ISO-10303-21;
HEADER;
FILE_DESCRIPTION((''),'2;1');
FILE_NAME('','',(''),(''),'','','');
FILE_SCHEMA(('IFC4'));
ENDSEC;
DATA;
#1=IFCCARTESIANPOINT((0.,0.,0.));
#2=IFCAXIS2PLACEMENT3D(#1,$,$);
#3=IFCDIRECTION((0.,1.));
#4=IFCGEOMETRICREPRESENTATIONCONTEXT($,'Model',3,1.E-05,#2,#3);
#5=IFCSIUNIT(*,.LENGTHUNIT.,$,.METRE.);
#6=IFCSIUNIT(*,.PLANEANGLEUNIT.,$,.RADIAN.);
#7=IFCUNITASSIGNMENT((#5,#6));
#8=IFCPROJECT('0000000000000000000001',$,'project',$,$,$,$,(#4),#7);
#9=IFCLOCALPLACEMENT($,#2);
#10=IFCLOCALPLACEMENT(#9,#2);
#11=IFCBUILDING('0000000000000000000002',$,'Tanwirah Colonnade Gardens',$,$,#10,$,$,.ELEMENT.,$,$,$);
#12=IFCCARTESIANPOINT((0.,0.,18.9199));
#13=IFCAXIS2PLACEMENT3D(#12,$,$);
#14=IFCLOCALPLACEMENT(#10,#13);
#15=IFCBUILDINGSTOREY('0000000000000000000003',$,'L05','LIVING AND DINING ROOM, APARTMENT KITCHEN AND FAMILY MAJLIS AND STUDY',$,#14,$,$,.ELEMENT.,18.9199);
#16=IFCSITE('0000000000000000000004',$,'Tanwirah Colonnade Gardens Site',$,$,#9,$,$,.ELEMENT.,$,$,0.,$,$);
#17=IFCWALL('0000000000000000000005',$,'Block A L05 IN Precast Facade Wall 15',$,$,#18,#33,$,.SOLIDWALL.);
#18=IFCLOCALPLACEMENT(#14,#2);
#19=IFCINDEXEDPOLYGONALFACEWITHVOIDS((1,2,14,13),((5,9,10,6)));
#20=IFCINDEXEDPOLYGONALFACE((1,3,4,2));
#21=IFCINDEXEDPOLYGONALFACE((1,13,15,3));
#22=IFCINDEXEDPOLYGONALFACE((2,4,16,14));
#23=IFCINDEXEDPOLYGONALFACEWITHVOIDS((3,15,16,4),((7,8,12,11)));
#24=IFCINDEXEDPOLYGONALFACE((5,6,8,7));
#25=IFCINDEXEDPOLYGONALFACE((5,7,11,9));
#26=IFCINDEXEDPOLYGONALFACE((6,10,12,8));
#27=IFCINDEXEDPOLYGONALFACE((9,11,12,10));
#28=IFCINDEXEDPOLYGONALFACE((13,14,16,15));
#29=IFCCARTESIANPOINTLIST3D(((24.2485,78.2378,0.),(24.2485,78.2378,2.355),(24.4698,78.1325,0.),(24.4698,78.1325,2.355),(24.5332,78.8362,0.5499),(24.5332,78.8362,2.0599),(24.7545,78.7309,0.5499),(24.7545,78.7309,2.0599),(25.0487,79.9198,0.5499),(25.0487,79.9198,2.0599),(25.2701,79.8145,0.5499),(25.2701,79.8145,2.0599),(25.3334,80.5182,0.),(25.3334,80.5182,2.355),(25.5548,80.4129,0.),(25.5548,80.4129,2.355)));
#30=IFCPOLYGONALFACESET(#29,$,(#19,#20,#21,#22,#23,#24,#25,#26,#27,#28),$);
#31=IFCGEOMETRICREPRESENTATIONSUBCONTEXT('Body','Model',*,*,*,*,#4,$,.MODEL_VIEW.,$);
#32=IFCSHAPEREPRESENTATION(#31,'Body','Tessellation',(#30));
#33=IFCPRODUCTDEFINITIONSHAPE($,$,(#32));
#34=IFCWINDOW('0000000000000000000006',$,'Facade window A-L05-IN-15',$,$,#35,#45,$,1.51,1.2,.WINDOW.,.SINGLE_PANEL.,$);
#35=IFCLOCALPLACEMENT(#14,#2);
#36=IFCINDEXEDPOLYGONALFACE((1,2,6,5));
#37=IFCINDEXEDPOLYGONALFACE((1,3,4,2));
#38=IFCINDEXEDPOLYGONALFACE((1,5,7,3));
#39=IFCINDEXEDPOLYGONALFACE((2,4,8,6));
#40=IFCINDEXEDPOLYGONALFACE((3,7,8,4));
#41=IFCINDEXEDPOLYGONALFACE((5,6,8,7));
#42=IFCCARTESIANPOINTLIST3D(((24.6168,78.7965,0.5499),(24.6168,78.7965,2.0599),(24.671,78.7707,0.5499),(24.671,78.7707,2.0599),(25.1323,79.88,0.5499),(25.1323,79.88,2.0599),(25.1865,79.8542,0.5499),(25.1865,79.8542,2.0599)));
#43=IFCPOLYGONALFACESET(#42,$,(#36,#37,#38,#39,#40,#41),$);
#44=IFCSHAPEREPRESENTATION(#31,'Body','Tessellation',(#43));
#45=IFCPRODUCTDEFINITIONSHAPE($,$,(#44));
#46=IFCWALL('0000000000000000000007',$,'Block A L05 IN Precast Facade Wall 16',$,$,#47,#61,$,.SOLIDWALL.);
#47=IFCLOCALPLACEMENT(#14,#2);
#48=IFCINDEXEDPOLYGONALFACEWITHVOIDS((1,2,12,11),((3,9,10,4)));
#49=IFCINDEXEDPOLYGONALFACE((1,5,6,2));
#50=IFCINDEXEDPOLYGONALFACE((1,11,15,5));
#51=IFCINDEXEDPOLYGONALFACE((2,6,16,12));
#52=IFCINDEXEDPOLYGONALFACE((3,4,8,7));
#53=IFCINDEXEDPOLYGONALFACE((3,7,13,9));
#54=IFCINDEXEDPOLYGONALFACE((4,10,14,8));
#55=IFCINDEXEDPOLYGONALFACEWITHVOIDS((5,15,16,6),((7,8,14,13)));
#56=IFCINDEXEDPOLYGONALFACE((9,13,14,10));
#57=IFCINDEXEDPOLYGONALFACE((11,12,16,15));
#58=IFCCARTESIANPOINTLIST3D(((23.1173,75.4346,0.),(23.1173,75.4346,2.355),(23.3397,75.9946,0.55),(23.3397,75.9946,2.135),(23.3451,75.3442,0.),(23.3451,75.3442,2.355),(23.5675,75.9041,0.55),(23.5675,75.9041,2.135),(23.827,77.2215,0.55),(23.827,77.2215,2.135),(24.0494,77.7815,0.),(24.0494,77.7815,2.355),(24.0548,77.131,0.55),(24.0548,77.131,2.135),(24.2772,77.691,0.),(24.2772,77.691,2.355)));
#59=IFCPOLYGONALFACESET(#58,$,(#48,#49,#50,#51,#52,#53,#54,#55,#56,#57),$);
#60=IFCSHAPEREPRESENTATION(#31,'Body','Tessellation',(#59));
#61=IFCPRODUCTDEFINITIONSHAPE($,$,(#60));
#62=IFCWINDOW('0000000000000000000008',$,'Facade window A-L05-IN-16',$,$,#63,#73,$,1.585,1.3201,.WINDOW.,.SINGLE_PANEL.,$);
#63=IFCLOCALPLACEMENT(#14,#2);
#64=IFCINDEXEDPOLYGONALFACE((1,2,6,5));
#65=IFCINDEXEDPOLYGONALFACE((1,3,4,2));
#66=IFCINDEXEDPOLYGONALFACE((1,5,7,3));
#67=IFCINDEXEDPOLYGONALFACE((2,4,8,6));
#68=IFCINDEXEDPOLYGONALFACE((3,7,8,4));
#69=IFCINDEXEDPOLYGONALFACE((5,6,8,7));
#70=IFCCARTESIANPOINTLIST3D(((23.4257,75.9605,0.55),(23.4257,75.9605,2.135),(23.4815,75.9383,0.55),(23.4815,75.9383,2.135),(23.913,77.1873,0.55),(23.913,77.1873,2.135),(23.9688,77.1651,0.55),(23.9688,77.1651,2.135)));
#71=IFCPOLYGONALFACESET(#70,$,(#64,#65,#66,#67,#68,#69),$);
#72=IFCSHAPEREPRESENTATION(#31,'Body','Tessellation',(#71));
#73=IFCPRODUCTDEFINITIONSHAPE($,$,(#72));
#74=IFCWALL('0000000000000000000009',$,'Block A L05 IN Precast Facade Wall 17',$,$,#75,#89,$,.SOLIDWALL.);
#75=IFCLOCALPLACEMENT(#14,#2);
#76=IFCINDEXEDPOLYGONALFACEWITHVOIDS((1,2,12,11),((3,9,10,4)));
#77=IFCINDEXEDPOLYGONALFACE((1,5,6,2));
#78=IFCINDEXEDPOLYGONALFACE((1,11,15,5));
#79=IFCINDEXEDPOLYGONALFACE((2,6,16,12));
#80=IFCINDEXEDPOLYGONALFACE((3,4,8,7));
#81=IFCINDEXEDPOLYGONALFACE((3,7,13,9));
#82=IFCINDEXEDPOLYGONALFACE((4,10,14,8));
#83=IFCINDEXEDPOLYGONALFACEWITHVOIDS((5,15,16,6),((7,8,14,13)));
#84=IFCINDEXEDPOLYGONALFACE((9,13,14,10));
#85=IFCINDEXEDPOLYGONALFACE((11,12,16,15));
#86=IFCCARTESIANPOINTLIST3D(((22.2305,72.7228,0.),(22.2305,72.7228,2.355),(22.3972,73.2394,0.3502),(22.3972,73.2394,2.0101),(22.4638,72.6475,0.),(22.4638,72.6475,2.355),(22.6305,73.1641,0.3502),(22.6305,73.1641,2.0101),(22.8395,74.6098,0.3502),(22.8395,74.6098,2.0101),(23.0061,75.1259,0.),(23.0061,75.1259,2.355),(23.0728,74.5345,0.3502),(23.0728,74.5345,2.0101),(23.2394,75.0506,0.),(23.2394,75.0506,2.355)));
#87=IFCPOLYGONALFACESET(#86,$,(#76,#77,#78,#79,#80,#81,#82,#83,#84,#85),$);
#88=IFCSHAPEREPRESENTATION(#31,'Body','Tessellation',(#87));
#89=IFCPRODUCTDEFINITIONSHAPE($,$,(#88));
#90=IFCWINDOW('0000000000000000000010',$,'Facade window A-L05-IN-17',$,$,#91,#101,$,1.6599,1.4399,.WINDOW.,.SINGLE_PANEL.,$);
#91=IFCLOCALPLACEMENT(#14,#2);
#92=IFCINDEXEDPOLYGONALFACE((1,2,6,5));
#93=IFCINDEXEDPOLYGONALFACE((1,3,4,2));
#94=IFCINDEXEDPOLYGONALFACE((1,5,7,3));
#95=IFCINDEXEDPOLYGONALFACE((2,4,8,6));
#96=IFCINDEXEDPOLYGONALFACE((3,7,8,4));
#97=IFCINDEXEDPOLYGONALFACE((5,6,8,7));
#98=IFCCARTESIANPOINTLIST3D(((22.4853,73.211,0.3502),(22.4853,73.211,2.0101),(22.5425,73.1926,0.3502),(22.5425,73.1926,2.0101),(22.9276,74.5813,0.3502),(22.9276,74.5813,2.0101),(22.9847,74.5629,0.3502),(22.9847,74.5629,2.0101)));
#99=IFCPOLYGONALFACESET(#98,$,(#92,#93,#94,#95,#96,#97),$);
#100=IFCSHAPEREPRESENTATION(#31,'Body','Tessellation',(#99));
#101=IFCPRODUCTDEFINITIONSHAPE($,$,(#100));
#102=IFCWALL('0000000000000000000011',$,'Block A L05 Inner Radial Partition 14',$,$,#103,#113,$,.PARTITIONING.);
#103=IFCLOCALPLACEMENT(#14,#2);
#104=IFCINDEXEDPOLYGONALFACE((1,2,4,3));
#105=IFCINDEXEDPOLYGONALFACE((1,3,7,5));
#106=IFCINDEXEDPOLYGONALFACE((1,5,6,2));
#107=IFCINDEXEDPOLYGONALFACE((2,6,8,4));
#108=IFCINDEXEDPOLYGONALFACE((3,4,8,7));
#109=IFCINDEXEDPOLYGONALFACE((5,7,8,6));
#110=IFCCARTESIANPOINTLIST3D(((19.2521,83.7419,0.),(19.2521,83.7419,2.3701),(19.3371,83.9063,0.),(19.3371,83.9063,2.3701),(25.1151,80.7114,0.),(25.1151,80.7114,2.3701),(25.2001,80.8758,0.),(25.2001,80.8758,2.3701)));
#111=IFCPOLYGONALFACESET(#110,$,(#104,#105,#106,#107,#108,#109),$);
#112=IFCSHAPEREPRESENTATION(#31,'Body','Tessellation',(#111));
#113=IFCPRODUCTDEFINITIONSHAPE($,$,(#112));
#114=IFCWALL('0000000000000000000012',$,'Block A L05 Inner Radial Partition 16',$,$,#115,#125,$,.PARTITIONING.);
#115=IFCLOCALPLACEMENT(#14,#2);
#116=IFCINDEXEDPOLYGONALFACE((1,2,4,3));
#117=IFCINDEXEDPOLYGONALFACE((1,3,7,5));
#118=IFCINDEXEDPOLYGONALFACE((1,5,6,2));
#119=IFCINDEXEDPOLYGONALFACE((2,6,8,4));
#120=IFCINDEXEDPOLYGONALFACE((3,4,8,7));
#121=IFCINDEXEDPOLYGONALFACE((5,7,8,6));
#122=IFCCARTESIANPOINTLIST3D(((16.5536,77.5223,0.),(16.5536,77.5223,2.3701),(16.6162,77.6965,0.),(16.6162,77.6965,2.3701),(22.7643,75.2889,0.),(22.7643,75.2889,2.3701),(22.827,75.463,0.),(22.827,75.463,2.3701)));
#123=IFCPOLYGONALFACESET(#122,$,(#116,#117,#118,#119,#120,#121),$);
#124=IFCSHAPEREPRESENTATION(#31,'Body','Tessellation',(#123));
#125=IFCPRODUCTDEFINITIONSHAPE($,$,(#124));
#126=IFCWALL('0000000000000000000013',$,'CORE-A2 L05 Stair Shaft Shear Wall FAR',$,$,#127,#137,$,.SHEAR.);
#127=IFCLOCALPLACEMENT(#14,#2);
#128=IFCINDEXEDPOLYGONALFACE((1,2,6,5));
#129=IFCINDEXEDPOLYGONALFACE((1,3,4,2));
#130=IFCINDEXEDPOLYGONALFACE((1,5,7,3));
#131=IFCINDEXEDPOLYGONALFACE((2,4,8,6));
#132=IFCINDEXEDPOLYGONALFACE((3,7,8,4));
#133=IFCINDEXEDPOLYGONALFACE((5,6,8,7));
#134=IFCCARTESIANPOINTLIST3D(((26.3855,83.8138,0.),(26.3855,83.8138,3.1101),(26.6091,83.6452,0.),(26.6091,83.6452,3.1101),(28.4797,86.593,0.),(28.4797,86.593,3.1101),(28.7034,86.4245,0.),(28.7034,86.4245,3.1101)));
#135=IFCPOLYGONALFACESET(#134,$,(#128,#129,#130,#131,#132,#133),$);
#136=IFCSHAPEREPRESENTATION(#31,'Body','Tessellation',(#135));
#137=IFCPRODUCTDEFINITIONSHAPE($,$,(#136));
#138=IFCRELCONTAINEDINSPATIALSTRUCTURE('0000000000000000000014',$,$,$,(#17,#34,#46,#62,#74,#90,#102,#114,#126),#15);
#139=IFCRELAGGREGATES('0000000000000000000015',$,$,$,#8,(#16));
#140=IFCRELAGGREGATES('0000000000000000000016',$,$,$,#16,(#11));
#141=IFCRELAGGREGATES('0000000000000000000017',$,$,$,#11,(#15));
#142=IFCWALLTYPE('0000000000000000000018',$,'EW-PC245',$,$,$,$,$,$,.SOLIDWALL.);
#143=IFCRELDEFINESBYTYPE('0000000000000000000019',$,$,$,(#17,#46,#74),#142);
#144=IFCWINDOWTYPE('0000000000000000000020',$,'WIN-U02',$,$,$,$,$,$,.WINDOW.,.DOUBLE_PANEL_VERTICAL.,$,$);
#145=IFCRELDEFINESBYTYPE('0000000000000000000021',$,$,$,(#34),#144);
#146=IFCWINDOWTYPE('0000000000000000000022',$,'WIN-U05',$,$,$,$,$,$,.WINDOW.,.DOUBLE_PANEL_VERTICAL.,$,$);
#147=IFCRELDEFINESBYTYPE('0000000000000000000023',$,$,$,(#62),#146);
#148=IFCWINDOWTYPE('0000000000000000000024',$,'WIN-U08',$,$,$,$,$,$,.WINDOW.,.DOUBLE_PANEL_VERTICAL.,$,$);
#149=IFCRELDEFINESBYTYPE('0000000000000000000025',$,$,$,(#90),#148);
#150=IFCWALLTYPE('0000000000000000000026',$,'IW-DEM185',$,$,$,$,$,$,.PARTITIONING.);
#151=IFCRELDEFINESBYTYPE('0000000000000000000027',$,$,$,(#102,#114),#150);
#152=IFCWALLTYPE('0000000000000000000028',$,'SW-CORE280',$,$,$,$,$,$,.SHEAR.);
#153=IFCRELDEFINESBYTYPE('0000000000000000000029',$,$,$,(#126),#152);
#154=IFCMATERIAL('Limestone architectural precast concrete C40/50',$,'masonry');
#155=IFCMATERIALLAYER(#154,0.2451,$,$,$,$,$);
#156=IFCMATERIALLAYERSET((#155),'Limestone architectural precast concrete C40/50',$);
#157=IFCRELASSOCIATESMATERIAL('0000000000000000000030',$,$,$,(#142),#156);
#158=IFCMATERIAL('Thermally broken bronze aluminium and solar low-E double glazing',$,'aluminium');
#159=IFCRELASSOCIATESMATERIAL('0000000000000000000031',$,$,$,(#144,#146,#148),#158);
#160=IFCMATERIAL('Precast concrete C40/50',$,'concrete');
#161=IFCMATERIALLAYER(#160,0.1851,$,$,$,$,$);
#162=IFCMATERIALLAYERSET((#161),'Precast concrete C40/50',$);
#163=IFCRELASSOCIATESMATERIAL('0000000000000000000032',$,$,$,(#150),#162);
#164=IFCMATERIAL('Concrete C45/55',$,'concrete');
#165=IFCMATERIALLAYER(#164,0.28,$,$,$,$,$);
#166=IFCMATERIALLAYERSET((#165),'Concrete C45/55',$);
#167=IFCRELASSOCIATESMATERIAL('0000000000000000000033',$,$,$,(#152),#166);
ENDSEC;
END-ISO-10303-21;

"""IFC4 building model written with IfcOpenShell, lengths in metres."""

from ifc_helpers import new_model, si_unit, direction, frame, frame_2d, origin, place, context, subcontext, project, spatial, rectangle, extrude, material, layer, layer_set, type_object, element, fill, save


model = new_model("IFC4")

# Units and contexts
model_context = context("Model", 3, precision=1e-05, world=origin(), true_north=direction((0.0, 1.0)))
body_context = subcontext(model_context, "Body", "Model", "MODEL_VIEW")
ifc_project = project(units=[si_unit("LENGTHUNIT", "METRE"), si_unit("PLANEANGLEUNIT", "RADIAN")], contexts=[model_context])

# Site, building, storey
site_placement = place(None, origin())
site = spatial("IfcSite", under=ifc_project, at=site_placement, Name="Tanwirah Colonnade Gardens Site", CompositionType="ELEMENT", RefElevation=0.0)
building_placement = place(site_placement, origin())
building = spatial("IfcBuilding", under=site, at=building_placement, Name="Tanwirah Colonnade Gardens", CompositionType="ELEMENT")
storey_placement = place(building_placement, frame((0.0, 0.0, 18.9199)))
storey = spatial("IfcBuildingStorey", under=building, at=storey_placement, Name="L05", Description="LIVING AND DINING ROOM, APARTMENT KITCHEN AND FAMILY MAJLIS AND STUDY", CompositionType="ELEMENT", Elevation=18.9199)

# Shared definitions
ifc_material_1 = material(Name="Precast concrete C40/50", Category="concrete")

# Walls, openings, windows
ifc_material_2 = material(Name="Limestone architectural precast concrete C40/50", Category="masonry")
ifc_layer_1 = layer(ifc_material_2, 0.2451)
ifc_layer_set_1 = layer_set([ifc_layer_1], Name="Limestone architectural precast concrete C40/50")
wall_type_1 = type_object("IfcWallType", Name="EW-PC245", PredefinedType="SOLIDWALL", material=ifc_layer_set_1)
wall_1_placement = place(storey_placement, frame((25.4441, 80.4656, 0.0), z_axis=(0.0, 0.0, 1.0), x_axis=(-0.429611, -0.903014, 0.0)))
wall_1 = element("IfcWall", 1, at=wall_1_placement, inside=storey, type_object=wall_type_1, Name="Block A L05 IN Precast Facade Wall 15", PredefinedType="SOLIDWALL", context=body_context, shape_type="SweptSolid", body=[
    extrude(rectangle(XDim=2.5254, YDim=0.2451, at=frame_2d((1.2627, 0.0))), origin(), (0.0, 0.0, 1.0), 2.355),
])
opening_1_placement = place(wall_1_placement, frame((0.6626, 0.0, 0.55)))
opening_1 = element("IfcOpeningElement", 2, at=opening_1_placement, cuts=wall_1, PredefinedType="OPENING", context=body_context, shape_type="SweptSolid", body=[
    extrude(rectangle(XDim=1.2, YDim=1.51, at=frame_2d((0.6001, 0.7549))), frame((0.0, 0.1326, 0.0), z_axis=(0.0, -1.0, 0.0), x_axis=(1.0, 0.0, 0.0)), (0.0, 0.0, 1.0), 0.2651),
])
ifc_material_3 = material(Name="Thermally broken bronze aluminium and solar low-E double glazing", Category="aluminium")
window_type_1 = type_object("IfcWindowType", Name="WIN-U02", PartitioningType="DOUBLE_PANEL_VERTICAL", PredefinedType="WINDOW", material=ifc_material_3)
window_1_placement = place(opening_1_placement, origin())
window_1 = element("IfcWindow", 3, at=window_1_placement, inside=storey, type_object=window_type_1, Name="Facade window A-L05-IN-15", OverallHeight=1.51, OverallWidth=1.2, PartitioningType="SINGLE_PANEL", PredefinedType="WINDOW", context=body_context, shape_type="SweptSolid", body=[
    extrude(rectangle(XDim=1.2, YDim=1.51, at=frame_2d((0.6001, 0.7549))), frame((0.0, 0.03, 0.0), z_axis=(0.0, -1.0, 0.0), x_axis=(1.0, 0.0, 0.0)), (0.0, 0.0, 1.0), 0.0601),
])
fill(opening_1, window_1)
wall_2_placement = place(storey_placement, frame((24.1633, 77.7363, 0.0), z_axis=(0.0, 0.0, 1.0), x_axis=(-0.369123, -0.929381, 0.0)))
wall_2 = element("IfcWall", 4, at=wall_2_placement, inside=storey, type_object=wall_type_1, Name="Block A L05 IN Precast Facade Wall 16", PredefinedType="SOLIDWALL", context=body_context, shape_type="SweptSolid", body=[
    extrude(rectangle(XDim=2.5251, YDim=0.2451, at=frame_2d((1.2627, 0.0))), origin(), (0.0, 0.0, 1.0), 2.355),
])
opening_2_placement = place(wall_2_placement, frame((0.6025, 0.0, 0.55)))
opening_2 = element("IfcOpeningElement", 5, at=opening_2_placement, cuts=wall_2, PredefinedType="OPENING", context=body_context, shape_type="SweptSolid", body=[
    extrude(rectangle(XDim=1.3201, YDim=1.585, at=frame_2d((0.6602, 0.7925))), frame((0.0, 0.1326, 0.0), z_axis=(0.0, -1.0, 0.0), x_axis=(1.0, 0.0, 0.0)), (0.0, 0.0, 1.0), 0.2651),
])
window_type_2 = type_object("IfcWindowType", Name="WIN-U05", PartitioningType="DOUBLE_PANEL_VERTICAL", PredefinedType="WINDOW", material=ifc_material_3)
window_2_placement = place(opening_2_placement, origin())
window_2 = element("IfcWindow", 6, at=window_2_placement, inside=storey, type_object=window_type_2, Name="Facade window A-L05-IN-16", OverallHeight=1.585, OverallWidth=1.3201, PartitioningType="SINGLE_PANEL", PredefinedType="WINDOW", context=body_context, shape_type="SweptSolid", body=[
    extrude(rectangle(XDim=1.3201, YDim=1.585, at=frame_2d((0.6602, 0.7925))), frame((0.0, 0.03, 0.0), z_axis=(0.0, -1.0, 0.0), x_axis=(1.0, 0.0, 0.0)), (0.0, 0.0, 1.0), 0.0601),
])
fill(opening_2, window_2)
wall_3_placement = place(storey_placement, frame((23.1228, 75.0884, 0.0), z_axis=(0.0, 0.0, 1.0), x_axis=(-0.307164, -0.951657, 0.0)))
wall_3 = element("IfcWall", 7, at=wall_3_placement, inside=storey, type_object=wall_type_1, Name="Block A L05 IN Precast Facade Wall 17", PredefinedType="SOLIDWALL", context=body_context, shape_type="SweptSolid", body=[
    extrude(rectangle(XDim=2.5251, YDim=0.2451, at=frame_2d((1.2627, 0.0))), origin(), (0.0, 0.0, 1.0), 2.355),
])
opening_3_placement = place(wall_3_placement, frame((0.5425, 0.0, 0.3501)))
opening_3 = element("IfcOpeningElement", 8, at=opening_3_placement, cuts=wall_3, PredefinedType="OPENING", context=body_context, shape_type="SweptSolid", body=[
    extrude(rectangle(XDim=1.4399, YDim=1.6599, at=frame_2d((0.72, 0.8301))), frame((0.0, 0.1326, 0.0), z_axis=(0.0, -1.0, 0.0), x_axis=(1.0, 0.0, 0.0)), (0.0, 0.0, 1.0), 0.2651),
])
window_type_3 = type_object("IfcWindowType", Name="WIN-U08", PartitioningType="DOUBLE_PANEL_VERTICAL", PredefinedType="WINDOW", material=ifc_material_3)
window_3_placement = place(opening_3_placement, origin())
window_3 = element("IfcWindow", 9, at=window_3_placement, inside=storey, type_object=window_type_3, Name="Facade window A-L05-IN-17", OverallHeight=1.6599, OverallWidth=1.4399, PartitioningType="SINGLE_PANEL", PredefinedType="WINDOW", context=body_context, shape_type="SweptSolid", body=[
    extrude(rectangle(XDim=1.4399, YDim=1.6599, at=frame_2d((0.72, 0.8301))), frame((0.0, 0.03, 0.0), z_axis=(0.0, -1.0, 0.0), x_axis=(1.0, 0.0, 0.0)), (0.0, 0.0, 1.0), 0.0601),
])
fill(opening_3, window_3)

# Walls
ifc_layer_2 = layer(ifc_material_1, 0.1851)
ifc_layer_set_2 = layer_set([ifc_layer_2], Name="Precast concrete C40/50")
wall_type_2 = type_object("IfcWallType", Name="IW-DEM185", PredefinedType="PARTITIONING", material=ifc_layer_set_2)
wall_4_placement = place(storey_placement, frame((25.1575, 80.7937, 0.0), z_axis=(0.0, 0.0, 1.0), x_axis=(-0.888347, 0.459173, 0.0)))
element("IfcWall", 10, at=wall_4_placement, inside=storey, type_object=wall_type_2, Name="Block A L05 Inner Radial Partition 14", PredefinedType="PARTITIONING", context=body_context, shape_type="SweptSolid", body=[
    extrude(rectangle(XDim=6.5999, YDim=0.1851, at=frame_2d((3.2998, 0.0))), origin(), (0.0, 0.0, 1.0), 2.3701),
])
wall_5_placement = place(storey_placement, frame((22.7957, 75.376, 0.0), z_axis=(0.0, 0.0, 1.0), x_axis=(-0.941006, 0.338391, 0.0)))
element("IfcWall", 11, at=wall_5_placement, inside=storey, type_object=wall_type_2, Name="Block A L05 Inner Radial Partition 16", PredefinedType="PARTITIONING", context=body_context, shape_type="SweptSolid", body=[
    extrude(rectangle(XDim=6.6001, YDim=0.1851, at=frame_2d((3.3, 0.0))), origin(), (0.0, 0.0, 1.0), 2.3701),
])
ifc_material_4 = material(Name="Concrete C45/55", Category="concrete")
ifc_layer_3 = layer(ifc_material_4, 0.28)
ifc_layer_set_3 = layer_set([ifc_layer_3], Name="Concrete C45/55")
wall_type_3 = type_object("IfcWallType", Name="SW-CORE280", PredefinedType="SHEAR", material=ifc_layer_set_3)
wall_6_placement = place(storey_placement, frame((26.4973, 83.7295, 0.0), z_axis=(0.0, 0.0, 1.0), x_axis=(0.601794, 0.798651, 0.0)))
element("IfcWall", 12, at=wall_6_placement, inside=storey, type_object=wall_type_3, Name="CORE-A2 L05 Stair Shaft Shear Wall FAR", PredefinedType="SHEAR", context=body_context, shape_type="SweptSolid", body=[
    extrude(rectangle(XDim=3.48, YDim=0.28, at=frame_2d((1.74, 0.0))), origin(), (0.0, 0.0, 1.0), 3.1101),
])

save(model, "model.ifc")
